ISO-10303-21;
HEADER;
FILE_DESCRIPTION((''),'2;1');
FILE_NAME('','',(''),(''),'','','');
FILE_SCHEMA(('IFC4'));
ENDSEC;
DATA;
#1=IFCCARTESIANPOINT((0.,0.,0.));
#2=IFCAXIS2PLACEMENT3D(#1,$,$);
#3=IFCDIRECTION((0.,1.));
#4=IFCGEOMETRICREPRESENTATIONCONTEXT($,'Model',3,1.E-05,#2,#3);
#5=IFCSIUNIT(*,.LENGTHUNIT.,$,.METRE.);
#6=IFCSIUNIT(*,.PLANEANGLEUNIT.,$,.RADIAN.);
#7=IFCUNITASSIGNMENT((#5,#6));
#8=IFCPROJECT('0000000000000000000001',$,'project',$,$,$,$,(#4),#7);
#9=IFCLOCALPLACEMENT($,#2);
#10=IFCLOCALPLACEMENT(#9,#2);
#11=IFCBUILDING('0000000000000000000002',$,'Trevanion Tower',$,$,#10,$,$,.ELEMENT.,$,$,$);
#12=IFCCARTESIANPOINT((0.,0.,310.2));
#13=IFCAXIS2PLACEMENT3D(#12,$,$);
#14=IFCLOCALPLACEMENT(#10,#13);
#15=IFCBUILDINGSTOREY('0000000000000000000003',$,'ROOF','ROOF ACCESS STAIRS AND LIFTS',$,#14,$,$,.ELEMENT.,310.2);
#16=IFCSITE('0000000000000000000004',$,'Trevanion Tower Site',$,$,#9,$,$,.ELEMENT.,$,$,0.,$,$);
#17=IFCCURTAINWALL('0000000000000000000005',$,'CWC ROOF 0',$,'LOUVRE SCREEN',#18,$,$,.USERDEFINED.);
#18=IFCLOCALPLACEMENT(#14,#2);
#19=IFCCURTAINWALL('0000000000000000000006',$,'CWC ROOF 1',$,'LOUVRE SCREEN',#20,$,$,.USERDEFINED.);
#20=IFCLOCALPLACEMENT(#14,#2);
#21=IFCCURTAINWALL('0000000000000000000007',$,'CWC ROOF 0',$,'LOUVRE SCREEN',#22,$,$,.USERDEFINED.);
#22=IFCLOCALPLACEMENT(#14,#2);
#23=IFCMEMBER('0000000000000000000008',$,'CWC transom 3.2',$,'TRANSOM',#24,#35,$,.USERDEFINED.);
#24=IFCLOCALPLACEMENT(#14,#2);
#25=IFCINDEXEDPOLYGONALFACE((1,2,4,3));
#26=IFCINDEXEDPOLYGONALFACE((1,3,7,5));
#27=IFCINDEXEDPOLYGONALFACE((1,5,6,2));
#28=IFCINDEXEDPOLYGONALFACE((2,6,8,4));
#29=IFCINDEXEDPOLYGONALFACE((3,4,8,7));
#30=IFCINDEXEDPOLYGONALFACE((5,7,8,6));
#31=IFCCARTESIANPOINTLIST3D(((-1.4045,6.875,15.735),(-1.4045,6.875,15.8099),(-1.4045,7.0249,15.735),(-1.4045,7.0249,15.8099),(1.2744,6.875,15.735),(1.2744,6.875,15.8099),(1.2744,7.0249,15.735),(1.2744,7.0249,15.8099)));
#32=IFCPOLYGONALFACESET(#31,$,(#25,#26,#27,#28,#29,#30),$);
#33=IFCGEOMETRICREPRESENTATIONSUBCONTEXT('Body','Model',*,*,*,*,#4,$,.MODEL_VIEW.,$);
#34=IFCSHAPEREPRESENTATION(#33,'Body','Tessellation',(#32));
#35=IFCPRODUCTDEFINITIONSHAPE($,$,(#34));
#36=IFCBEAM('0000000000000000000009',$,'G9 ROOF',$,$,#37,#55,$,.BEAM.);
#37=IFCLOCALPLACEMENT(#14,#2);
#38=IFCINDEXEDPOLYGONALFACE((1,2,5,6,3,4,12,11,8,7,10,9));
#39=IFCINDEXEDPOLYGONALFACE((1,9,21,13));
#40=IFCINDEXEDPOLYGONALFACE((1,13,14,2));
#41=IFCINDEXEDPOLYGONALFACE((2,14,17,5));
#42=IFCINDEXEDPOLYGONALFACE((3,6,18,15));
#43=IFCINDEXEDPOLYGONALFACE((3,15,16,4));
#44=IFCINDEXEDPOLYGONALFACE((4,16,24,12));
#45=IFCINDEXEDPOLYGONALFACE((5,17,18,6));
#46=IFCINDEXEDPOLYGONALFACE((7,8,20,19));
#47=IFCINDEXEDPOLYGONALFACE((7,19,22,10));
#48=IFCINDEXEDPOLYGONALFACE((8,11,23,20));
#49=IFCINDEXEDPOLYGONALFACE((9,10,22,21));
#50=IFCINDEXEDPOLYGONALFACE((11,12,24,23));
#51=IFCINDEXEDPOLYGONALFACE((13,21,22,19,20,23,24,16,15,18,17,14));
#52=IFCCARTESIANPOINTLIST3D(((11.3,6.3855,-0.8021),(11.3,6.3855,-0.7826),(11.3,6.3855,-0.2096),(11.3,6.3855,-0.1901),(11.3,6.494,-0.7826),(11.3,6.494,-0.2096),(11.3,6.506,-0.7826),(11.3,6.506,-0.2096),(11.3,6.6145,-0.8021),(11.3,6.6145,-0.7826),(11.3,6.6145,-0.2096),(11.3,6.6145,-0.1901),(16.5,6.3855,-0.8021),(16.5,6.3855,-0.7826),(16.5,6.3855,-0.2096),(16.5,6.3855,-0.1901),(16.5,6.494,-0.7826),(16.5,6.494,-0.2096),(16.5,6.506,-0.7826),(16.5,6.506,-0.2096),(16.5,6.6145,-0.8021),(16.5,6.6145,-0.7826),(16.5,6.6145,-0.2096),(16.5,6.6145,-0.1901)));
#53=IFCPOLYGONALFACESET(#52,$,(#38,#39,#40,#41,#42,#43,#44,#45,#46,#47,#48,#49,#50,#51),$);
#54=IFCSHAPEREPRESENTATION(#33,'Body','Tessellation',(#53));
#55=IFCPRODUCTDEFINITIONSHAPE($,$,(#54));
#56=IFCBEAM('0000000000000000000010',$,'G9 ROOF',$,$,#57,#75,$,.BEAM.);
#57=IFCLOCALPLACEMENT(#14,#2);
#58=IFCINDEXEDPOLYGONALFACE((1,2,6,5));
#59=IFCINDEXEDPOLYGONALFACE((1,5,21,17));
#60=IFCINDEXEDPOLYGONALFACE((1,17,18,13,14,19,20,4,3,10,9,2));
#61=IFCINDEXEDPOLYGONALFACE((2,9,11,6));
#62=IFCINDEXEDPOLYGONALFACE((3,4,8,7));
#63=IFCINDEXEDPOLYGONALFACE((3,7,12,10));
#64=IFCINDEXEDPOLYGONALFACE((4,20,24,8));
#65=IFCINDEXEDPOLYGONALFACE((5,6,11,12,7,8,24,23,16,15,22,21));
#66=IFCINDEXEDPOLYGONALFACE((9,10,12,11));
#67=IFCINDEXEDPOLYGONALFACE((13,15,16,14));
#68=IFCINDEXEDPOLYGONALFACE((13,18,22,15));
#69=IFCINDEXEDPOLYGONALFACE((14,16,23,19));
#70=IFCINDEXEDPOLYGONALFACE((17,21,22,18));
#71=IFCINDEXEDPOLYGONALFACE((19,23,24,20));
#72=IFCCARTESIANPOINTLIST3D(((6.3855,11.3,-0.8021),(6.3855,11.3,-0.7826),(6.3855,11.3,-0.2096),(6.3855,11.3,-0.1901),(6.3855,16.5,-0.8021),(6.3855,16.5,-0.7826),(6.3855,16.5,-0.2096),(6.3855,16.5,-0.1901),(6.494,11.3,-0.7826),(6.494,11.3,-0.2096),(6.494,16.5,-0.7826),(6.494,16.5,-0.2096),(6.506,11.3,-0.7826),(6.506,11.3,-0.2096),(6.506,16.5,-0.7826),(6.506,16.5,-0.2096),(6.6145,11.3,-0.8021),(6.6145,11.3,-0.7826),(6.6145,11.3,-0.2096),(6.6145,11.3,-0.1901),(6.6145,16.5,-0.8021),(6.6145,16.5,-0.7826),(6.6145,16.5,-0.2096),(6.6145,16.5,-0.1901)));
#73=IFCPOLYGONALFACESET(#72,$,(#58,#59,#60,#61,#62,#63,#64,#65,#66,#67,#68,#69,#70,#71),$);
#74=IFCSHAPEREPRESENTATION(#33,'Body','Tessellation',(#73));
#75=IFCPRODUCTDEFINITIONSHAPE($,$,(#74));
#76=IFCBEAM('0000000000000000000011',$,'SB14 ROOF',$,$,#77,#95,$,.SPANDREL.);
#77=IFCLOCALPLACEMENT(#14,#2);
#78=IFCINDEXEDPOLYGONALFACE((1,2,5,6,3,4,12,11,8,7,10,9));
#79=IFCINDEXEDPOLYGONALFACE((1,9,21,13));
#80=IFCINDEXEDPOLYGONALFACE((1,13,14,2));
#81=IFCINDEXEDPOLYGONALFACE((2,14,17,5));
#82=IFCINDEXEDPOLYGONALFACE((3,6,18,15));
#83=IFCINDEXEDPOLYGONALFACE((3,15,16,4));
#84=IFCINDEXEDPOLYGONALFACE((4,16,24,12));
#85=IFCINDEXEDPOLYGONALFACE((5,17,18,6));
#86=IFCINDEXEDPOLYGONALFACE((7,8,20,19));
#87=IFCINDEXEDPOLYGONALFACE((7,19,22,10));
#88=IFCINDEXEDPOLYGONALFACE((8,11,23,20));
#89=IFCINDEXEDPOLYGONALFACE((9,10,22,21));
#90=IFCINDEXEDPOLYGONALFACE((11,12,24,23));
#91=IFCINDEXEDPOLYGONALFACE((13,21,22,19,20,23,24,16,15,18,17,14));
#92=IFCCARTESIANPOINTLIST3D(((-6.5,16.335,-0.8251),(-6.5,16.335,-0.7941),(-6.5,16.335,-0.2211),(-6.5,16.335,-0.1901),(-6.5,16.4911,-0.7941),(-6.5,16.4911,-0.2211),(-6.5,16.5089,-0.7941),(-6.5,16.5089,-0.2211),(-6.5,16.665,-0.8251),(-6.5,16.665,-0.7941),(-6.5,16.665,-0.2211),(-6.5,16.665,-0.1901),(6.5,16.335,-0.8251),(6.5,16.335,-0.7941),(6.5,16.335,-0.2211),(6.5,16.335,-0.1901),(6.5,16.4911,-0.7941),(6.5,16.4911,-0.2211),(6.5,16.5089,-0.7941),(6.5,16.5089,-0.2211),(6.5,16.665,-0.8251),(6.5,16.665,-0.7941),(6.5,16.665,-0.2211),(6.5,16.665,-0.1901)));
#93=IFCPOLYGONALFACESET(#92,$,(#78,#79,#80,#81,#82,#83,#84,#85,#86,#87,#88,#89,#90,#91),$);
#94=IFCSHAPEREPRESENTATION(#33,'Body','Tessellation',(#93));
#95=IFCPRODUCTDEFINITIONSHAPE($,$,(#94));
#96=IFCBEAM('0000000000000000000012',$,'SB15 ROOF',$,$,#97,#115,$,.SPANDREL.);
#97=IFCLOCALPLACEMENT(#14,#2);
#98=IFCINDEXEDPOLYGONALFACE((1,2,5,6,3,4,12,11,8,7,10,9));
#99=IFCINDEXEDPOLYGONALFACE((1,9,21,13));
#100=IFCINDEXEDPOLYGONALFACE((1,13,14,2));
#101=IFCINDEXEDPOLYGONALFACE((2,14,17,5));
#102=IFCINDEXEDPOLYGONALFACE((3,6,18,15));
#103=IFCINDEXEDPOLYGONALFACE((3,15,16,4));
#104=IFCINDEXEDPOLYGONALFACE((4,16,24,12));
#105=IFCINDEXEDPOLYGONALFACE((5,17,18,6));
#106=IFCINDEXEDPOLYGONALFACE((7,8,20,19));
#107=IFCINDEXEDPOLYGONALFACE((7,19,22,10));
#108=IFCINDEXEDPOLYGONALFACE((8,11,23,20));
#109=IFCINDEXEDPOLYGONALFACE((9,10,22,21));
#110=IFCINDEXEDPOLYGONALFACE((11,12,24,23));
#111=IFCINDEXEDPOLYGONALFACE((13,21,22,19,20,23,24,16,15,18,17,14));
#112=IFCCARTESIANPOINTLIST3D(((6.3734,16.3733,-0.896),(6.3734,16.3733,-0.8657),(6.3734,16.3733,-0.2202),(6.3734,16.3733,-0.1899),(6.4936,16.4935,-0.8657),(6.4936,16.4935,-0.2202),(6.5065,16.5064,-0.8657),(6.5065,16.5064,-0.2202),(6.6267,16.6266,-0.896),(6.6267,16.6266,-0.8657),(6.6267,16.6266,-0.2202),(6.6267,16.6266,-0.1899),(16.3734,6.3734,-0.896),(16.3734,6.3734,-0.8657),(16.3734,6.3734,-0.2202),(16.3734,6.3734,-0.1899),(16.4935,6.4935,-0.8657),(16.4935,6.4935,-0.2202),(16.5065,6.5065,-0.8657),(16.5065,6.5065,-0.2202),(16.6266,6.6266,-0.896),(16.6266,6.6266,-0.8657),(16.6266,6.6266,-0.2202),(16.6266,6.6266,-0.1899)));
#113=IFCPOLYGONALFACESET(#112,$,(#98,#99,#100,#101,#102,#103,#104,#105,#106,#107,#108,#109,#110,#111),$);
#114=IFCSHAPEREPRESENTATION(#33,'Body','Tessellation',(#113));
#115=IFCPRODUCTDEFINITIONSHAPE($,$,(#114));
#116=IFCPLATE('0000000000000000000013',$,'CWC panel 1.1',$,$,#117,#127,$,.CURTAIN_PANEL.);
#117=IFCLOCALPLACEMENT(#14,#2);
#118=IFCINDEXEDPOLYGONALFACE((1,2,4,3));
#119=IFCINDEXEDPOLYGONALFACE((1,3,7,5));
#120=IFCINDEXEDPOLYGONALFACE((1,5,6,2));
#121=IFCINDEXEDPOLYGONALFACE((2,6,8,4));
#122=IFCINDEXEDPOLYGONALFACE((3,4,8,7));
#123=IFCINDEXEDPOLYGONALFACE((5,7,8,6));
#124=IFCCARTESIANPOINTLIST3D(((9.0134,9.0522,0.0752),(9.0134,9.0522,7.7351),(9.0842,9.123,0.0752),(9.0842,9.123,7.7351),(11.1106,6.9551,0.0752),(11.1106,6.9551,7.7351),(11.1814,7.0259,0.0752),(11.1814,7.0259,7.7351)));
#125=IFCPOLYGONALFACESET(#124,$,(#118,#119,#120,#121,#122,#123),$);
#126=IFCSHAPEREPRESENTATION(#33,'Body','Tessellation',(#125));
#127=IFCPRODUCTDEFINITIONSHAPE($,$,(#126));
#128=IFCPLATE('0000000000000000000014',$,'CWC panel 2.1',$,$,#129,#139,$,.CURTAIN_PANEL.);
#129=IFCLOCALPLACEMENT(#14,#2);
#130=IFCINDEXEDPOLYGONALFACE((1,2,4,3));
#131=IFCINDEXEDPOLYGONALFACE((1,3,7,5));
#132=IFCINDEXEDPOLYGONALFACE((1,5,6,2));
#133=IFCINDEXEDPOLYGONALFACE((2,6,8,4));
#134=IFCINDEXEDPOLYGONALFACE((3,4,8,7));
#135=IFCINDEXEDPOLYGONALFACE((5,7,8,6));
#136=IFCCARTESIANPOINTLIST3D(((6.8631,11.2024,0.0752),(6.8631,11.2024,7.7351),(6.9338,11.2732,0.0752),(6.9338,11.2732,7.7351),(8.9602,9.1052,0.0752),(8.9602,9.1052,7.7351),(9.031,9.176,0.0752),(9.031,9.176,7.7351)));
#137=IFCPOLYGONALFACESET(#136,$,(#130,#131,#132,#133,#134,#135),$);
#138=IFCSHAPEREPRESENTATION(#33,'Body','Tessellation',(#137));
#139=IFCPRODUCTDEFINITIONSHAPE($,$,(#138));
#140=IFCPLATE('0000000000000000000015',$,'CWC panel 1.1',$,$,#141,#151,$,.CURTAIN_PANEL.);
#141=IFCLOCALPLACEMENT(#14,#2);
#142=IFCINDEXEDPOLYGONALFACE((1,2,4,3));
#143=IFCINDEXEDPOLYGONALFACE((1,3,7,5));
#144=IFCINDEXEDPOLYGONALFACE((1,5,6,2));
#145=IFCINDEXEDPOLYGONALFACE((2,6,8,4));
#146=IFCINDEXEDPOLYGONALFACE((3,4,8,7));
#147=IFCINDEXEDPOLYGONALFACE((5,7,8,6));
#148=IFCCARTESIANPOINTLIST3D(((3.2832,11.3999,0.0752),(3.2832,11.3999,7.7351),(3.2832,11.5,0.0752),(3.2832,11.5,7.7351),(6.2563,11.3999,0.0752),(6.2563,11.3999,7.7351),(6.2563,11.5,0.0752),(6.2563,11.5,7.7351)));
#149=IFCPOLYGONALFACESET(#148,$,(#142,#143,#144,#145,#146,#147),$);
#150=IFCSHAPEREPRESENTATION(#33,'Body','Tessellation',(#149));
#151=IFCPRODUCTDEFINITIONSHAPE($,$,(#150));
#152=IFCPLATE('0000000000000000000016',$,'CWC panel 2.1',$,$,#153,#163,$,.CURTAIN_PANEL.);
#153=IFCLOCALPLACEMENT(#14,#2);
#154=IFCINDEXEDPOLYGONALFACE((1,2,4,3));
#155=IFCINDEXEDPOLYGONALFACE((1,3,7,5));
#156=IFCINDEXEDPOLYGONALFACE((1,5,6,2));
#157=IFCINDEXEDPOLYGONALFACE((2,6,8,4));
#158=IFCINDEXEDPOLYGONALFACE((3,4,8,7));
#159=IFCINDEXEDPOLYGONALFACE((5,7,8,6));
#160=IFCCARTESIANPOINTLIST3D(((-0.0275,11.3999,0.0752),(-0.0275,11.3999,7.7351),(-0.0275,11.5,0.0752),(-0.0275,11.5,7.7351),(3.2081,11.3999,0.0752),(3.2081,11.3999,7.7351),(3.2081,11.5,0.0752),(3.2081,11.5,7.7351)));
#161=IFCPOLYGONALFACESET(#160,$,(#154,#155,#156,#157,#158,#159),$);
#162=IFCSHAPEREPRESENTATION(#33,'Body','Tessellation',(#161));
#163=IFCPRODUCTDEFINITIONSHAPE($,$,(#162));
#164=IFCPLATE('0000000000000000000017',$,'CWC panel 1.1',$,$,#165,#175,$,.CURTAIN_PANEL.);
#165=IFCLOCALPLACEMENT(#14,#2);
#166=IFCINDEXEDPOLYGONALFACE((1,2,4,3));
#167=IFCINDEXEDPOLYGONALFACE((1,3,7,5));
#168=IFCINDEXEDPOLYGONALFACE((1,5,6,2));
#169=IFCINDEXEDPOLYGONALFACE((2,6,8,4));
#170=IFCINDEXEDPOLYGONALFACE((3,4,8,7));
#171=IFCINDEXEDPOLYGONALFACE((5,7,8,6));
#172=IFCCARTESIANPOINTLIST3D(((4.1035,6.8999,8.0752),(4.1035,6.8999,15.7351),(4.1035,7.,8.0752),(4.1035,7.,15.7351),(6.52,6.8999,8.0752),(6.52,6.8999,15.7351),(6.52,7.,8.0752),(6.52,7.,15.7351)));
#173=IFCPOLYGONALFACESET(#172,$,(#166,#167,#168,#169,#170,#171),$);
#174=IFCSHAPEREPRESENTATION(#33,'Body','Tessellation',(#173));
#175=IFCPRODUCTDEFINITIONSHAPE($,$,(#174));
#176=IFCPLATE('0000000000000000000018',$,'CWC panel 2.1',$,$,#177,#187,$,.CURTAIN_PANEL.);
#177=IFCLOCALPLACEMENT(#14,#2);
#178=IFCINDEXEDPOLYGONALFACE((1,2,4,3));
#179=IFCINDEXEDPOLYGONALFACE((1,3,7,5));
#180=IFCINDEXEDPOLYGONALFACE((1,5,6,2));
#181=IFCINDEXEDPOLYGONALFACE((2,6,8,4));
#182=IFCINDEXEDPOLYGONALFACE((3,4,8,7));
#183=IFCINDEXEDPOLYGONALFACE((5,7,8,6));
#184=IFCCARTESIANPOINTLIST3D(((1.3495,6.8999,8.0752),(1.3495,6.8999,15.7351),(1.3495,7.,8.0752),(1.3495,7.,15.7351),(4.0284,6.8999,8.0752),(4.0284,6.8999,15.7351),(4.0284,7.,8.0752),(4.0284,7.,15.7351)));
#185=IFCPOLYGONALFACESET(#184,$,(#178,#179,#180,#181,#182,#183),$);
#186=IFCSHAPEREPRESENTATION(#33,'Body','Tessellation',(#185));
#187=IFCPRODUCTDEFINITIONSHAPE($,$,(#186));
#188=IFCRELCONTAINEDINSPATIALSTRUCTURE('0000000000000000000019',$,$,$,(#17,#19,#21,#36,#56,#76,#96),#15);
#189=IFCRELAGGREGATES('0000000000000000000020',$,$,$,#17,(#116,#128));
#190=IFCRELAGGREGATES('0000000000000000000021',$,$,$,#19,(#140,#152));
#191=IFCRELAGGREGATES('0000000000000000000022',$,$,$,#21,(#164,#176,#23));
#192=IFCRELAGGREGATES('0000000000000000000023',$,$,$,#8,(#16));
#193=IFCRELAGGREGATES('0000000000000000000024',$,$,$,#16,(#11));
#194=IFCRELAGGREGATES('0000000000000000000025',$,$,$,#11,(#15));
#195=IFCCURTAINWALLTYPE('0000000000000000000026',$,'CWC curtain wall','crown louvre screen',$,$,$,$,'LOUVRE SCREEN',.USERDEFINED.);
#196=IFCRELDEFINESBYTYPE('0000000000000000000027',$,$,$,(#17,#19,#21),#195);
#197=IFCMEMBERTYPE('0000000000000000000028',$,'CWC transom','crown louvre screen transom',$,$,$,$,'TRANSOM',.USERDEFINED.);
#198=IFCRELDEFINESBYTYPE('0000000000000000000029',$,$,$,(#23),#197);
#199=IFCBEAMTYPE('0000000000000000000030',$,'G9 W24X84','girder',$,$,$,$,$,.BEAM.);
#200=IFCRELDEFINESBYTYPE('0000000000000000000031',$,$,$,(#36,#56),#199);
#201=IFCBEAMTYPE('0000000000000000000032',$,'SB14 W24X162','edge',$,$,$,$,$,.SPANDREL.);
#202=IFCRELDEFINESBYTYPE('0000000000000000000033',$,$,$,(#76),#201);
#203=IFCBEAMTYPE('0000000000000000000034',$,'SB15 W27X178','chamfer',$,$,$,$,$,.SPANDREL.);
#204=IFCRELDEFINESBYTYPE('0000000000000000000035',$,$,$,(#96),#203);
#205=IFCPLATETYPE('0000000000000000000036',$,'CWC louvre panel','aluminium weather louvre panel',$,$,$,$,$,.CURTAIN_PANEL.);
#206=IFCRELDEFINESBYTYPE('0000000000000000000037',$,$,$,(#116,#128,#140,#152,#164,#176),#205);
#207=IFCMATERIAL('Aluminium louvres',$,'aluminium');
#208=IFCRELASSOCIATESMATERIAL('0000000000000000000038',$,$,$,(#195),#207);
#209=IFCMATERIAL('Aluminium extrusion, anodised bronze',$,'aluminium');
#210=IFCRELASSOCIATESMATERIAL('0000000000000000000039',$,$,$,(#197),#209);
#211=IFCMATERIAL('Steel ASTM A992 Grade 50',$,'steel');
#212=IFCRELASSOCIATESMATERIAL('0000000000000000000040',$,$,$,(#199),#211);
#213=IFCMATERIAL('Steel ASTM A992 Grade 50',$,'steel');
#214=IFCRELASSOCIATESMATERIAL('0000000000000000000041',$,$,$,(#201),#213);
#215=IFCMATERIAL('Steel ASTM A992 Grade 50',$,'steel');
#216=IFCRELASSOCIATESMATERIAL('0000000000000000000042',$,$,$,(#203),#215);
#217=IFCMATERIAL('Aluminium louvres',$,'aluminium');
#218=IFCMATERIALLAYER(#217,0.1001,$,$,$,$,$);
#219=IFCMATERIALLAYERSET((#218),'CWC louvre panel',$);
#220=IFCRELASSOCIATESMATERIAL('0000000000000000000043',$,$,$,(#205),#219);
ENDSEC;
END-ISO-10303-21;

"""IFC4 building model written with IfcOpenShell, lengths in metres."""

from ifc_helpers import new_model, si_unit, direction, frame, origin, origin_2d, place, context, subcontext, project, spatial, rectangle, i_section, extrude, material, layer, layer_set, material_profile, profile_set, type_object, element, aggregate, save


model = new_model("IFC4")

# Units and contexts
model_context = context("Model", 3, precision=1e-05, world=origin(), true_north=direction((0.0, 1.0)))
body_context = subcontext(model_context, "Body", "Model", "MODEL_VIEW")
ifc_project = project(units=[si_unit("LENGTHUNIT", "METRE"), si_unit("PLANEANGLEUNIT", "RADIAN")], contexts=[model_context])

# Site, building, storey
site_placement = place(None, origin())
site = spatial("IfcSite", under=ifc_project, at=site_placement, Name="Trevanion Tower Site", CompositionType="ELEMENT", RefElevation=0.0)
building_placement = place(site_placement, origin())
building = spatial("IfcBuilding", under=site, at=building_placement, Name="Trevanion Tower", CompositionType="ELEMENT")
storey_placement = place(building_placement, frame((0.0, 0.0, 310.2)))
storey = spatial("IfcBuildingStorey", under=building, at=storey_placement, Name="ROOF", Description="ROOF ACCESS STAIRS AND LIFTS", CompositionType="ELEMENT", Elevation=310.2)

# Curtain walls
ifc_material_1 = material(Name="Aluminium louvres", Category="aluminium")
curtain_wall_type = type_object("IfcCurtainWallType", Name="CWC curtain wall", Description="crown louvre screen", ElementType="LOUVRE SCREEN", PredefinedType="USERDEFINED", material=ifc_material_1)
curtain_wall_1_placement = place(storey_placement, origin())
curtain_wall_1 = element("IfcCurtainWall", 1, at=curtain_wall_1_placement, inside=storey, type_object=curtain_wall_type, Name="CWC ROOF 0", ObjectType="LOUVRE SCREEN", PredefinedType="USERDEFINED")
curtain_wall_2_placement = place(storey_placement, origin())
curtain_wall_2 = element("IfcCurtainWall", 2, at=curtain_wall_2_placement, inside=storey, type_object=curtain_wall_type, Name="CWC ROOF 1", ObjectType="LOUVRE SCREEN", PredefinedType="USERDEFINED")

# Curtain wall
curtain_wall_3_placement = place(storey_placement, origin())
curtain_wall_3 = element("IfcCurtainWall", 3, at=curtain_wall_3_placement, inside=storey, type_object=curtain_wall_type, Name="CWC ROOF 0", ObjectType="LOUVRE SCREEN", PredefinedType="USERDEFINED")

# Member
ifc_material_2 = material(Name="Aluminium extrusion, anodised bronze", Category="aluminium")
ifc_material_profile_1 = material_profile(ifc_material_2, rectangle(XDim=0.1499, YDim=0.075, at=origin_2d()), Name="CWC transom")
ifc_profile_set_1 = profile_set([ifc_material_profile_1], Name="Aluminium extrusion, anodised bronze")
member_type_1 = type_object("IfcMemberType", Name="CWC transom", Description="crown louvre screen transom", ElementType="TRANSOM", PredefinedType="USERDEFINED", material=ifc_profile_set_1)
member_1_placement = place(storey_placement, frame((1.2744, 6.95, 15.7725), z_axis=(-1.0, 0.0, 0.0), x_axis=(0.0, -1.0, 0.0)))
member_1 = element("IfcMember", 4, at=member_1_placement, type_object=member_type_1, Name="CWC transom 3.2", ObjectType="TRANSOM", PredefinedType="USERDEFINED", context=body_context, shape_type="SweptSolid", body=[
    extrude(rectangle(XDim=0.1499, YDim=0.075, at=origin_2d()), origin(), (0.0, 0.0, 1.0), 2.679),
])

# Beams
ifc_material_3 = material(Name="Steel ASTM A992 Grade 50", Category="steel")
ifc_material_profile_2 = material_profile(ifc_material_3, i_section(OverallWidth=0.229, OverallDepth=0.6121, WebThickness=0.012, FlangeThickness=0.0195, at=origin_2d()), Name="W24X84")
ifc_profile_set_2 = profile_set([ifc_material_profile_2], Name="Steel ASTM A992 Grade 50")
beam_type_1 = type_object("IfcBeamType", Name="G9 W24X84", Description="girder", PredefinedType="BEAM", material=ifc_profile_set_2)
for number, where, z_axis, x_axis, name in (
    (5, (11.3, 6.5, -0.4961), (1.0, 0.0, 0.0), (0.0, 1.0, 0.0), "G9 ROOF"),
    (6, (6.5, 11.3, -0.4961), (0.0, 1.0, 0.0), (-1.0, 0.0, 0.0), "G9 ROOF"),
):
    element("IfcBeam", number, at=place(storey_placement, frame(where, z_axis=z_axis, x_axis=x_axis)), inside=storey, type_object=beam_type_1, Name=name, PredefinedType="BEAM", context=body_context, shape_type="SweptSolid", body=[
        extrude(i_section(OverallWidth=0.229, OverallDepth=0.6121, WebThickness=0.012, FlangeThickness=0.0195, at=origin_2d()), origin(), (0.0, 0.0, 1.0), 5.2),
    ])
ifc_material_4 = material(Name="Steel ASTM A992 Grade 50", Category="steel")
ifc_material_profile_3 = material_profile(ifc_material_4, i_section(OverallWidth=0.3301, OverallDepth=0.635, WebThickness=0.0178, FlangeThickness=0.031, at=origin_2d()), Name="W24X162")
ifc_profile_set_3 = profile_set([ifc_material_profile_3], Name="Steel ASTM A992 Grade 50")
beam_type_2 = type_object("IfcBeamType", Name="SB14 W24X162", Description="edge", PredefinedType="SPANDREL", material=ifc_profile_set_3)
beam_1_placement = place(storey_placement, frame((6.5, 16.5, -0.5076), z_axis=(-1.0, 0.0, 0.0), x_axis=(0.0, -1.0, 0.0)))
element("IfcBeam", 7, at=beam_1_placement, inside=storey, type_object=beam_type_2, Name="SB14 ROOF", PredefinedType="SPANDREL", context=body_context, shape_type="SweptSolid", body=[
    extrude(i_section(OverallWidth=0.3301, OverallDepth=0.635, WebThickness=0.0178, FlangeThickness=0.031, at=origin_2d()), origin(), (0.0, 0.0, 1.0), 13.0),
])
ifc_material_5 = material(Name="Steel ASTM A992 Grade 50", Category="steel")
ifc_material_profile_4 = material_profile(ifc_material_5, i_section(OverallWidth=0.3582, OverallDepth=0.7061, WebThickness=0.0183, FlangeThickness=0.0303, at=origin_2d()), Name="W27X178")
ifc_profile_set_4 = profile_set([ifc_material_profile_4], Name="Steel ASTM A992 Grade 50")
beam_type_3 = type_object("IfcBeamType", Name="SB15 W27X178", Description="chamfer", PredefinedType="SPANDREL", material=ifc_profile_set_4)
beam_2_placement = place(storey_placement, frame((16.5, 6.5, -0.543), z_axis=(-0.707107, 0.707107, 0.0), x_axis=(-0.707107, -0.707107, 0.0)))
element("IfcBeam", 8, at=beam_2_placement, inside=storey, type_object=beam_type_3, Name="SB15 ROOF", PredefinedType="SPANDREL", context=body_context, shape_type="SweptSolid", body=[
    extrude(i_section(OverallWidth=0.3582, OverallDepth=0.7061, WebThickness=0.0183, FlangeThickness=0.0303, at=origin_2d()), origin(), (0.0, 0.0, 1.0), 14.1421),
])

# Plates
ifc_material_6 = material(Name="Aluminium louvres", Category="aluminium")
ifc_layer_1 = layer(ifc_material_6, 0.1001)
ifc_layer_set_1 = layer_set([ifc_layer_1], Name="CWC louvre panel")
plate_type = type_object("IfcPlateType", Name="CWC louvre panel", Description="aluminium weather louvre panel", PredefinedType="CURTAIN_PANEL", material=ifc_layer_set_1)
plate_1_placement = place(storey_placement, frame((10.0974, 8.0391, 0.0752), z_axis=(0.0, 0.0, 1.0), x_axis=(-0.707107, 0.707107, 0.0)))
plate_1 = element("IfcPlate", 9, at=plate_1_placement, type_object=plate_type, Name="CWC panel 1.1", PredefinedType="CURTAIN_PANEL", context=body_context, shape_type="SweptSolid", body=[
    extrude(rectangle(XDim=2.9658, YDim=0.1001, at=origin_2d()), origin(), (0.0, 0.0, 1.0), 7.6599),
])
plate_2_placement = place(storey_placement, frame((7.947, 10.1892, 0.0752), z_axis=(0.0, 0.0, 1.0), x_axis=(-0.707107, 0.707107, 0.0)))
plate_2 = element("IfcPlate", 10, at=plate_2_placement, type_object=plate_type, Name="CWC panel 2.1", PredefinedType="CURTAIN_PANEL", context=body_context, shape_type="SweptSolid", body=[
    extrude(rectangle(XDim=2.9658, YDim=0.1001, at=origin_2d()), origin(), (0.0, 0.0, 1.0), 7.6599),
])
aggregate(curtain_wall_1, [plate_1, plate_2])
plate_3_placement = place(storey_placement, frame((4.7698, 11.45, 0.0752), z_axis=(0.0, 0.0, 1.0), x_axis=(-1.0, 0.0, 0.0)))
plate_3 = element("IfcPlate", 11, at=plate_3_placement, type_object=plate_type, Name="CWC panel 1.1", PredefinedType="CURTAIN_PANEL", context=body_context, shape_type="SweptSolid", body=[
    extrude(rectangle(XDim=2.9731, YDim=0.1001, at=origin_2d()), origin(), (0.0, 0.0, 1.0), 7.6599),
])
plate_4_placement = place(storey_placement, frame((1.5903, 11.45, 0.0752), z_axis=(0.0, 0.0, 1.0), x_axis=(-1.0, 0.0, 0.0)))
plate_4 = element("IfcPlate", 12, at=plate_4_placement, type_object=plate_type, Name="CWC panel 2.1", PredefinedType="CURTAIN_PANEL", context=body_context, shape_type="SweptSolid", body=[
    extrude(rectangle(XDim=3.2356, YDim=0.1001, at=origin_2d()), origin(), (0.0, 0.0, 1.0), 7.6599),
])
aggregate(curtain_wall_2, [plate_3, plate_4])
plate_5_placement = place(storey_placement, frame((5.3118, 6.95, 8.0752), z_axis=(0.0, 0.0, 1.0), x_axis=(-1.0, 0.0, 0.0)))
plate_5 = element("IfcPlate", 13, at=plate_5_placement, type_object=plate_type, Name="CWC panel 1.1", PredefinedType="CURTAIN_PANEL", context=body_context, shape_type="SweptSolid", body=[
    extrude(rectangle(XDim=2.4165, YDim=0.1001, at=origin_2d()), origin(), (0.0, 0.0, 1.0), 7.6599),
])
plate_6_placement = place(storey_placement, frame((2.689, 6.95, 8.0752), z_axis=(0.0, 0.0, 1.0), x_axis=(-1.0, 0.0, 0.0)))
plate_6 = element("IfcPlate", 14, at=plate_6_placement, type_object=plate_type, Name="CWC panel 2.1", PredefinedType="CURTAIN_PANEL", context=body_context, shape_type="SweptSolid", body=[
    extrude(rectangle(XDim=2.679, YDim=0.1001, at=origin_2d()), origin(), (0.0, 0.0, 1.0), 7.6599),
])
aggregate(curtain_wall_3, [plate_5, plate_6, member_1])

save(model, "model.ifc")
